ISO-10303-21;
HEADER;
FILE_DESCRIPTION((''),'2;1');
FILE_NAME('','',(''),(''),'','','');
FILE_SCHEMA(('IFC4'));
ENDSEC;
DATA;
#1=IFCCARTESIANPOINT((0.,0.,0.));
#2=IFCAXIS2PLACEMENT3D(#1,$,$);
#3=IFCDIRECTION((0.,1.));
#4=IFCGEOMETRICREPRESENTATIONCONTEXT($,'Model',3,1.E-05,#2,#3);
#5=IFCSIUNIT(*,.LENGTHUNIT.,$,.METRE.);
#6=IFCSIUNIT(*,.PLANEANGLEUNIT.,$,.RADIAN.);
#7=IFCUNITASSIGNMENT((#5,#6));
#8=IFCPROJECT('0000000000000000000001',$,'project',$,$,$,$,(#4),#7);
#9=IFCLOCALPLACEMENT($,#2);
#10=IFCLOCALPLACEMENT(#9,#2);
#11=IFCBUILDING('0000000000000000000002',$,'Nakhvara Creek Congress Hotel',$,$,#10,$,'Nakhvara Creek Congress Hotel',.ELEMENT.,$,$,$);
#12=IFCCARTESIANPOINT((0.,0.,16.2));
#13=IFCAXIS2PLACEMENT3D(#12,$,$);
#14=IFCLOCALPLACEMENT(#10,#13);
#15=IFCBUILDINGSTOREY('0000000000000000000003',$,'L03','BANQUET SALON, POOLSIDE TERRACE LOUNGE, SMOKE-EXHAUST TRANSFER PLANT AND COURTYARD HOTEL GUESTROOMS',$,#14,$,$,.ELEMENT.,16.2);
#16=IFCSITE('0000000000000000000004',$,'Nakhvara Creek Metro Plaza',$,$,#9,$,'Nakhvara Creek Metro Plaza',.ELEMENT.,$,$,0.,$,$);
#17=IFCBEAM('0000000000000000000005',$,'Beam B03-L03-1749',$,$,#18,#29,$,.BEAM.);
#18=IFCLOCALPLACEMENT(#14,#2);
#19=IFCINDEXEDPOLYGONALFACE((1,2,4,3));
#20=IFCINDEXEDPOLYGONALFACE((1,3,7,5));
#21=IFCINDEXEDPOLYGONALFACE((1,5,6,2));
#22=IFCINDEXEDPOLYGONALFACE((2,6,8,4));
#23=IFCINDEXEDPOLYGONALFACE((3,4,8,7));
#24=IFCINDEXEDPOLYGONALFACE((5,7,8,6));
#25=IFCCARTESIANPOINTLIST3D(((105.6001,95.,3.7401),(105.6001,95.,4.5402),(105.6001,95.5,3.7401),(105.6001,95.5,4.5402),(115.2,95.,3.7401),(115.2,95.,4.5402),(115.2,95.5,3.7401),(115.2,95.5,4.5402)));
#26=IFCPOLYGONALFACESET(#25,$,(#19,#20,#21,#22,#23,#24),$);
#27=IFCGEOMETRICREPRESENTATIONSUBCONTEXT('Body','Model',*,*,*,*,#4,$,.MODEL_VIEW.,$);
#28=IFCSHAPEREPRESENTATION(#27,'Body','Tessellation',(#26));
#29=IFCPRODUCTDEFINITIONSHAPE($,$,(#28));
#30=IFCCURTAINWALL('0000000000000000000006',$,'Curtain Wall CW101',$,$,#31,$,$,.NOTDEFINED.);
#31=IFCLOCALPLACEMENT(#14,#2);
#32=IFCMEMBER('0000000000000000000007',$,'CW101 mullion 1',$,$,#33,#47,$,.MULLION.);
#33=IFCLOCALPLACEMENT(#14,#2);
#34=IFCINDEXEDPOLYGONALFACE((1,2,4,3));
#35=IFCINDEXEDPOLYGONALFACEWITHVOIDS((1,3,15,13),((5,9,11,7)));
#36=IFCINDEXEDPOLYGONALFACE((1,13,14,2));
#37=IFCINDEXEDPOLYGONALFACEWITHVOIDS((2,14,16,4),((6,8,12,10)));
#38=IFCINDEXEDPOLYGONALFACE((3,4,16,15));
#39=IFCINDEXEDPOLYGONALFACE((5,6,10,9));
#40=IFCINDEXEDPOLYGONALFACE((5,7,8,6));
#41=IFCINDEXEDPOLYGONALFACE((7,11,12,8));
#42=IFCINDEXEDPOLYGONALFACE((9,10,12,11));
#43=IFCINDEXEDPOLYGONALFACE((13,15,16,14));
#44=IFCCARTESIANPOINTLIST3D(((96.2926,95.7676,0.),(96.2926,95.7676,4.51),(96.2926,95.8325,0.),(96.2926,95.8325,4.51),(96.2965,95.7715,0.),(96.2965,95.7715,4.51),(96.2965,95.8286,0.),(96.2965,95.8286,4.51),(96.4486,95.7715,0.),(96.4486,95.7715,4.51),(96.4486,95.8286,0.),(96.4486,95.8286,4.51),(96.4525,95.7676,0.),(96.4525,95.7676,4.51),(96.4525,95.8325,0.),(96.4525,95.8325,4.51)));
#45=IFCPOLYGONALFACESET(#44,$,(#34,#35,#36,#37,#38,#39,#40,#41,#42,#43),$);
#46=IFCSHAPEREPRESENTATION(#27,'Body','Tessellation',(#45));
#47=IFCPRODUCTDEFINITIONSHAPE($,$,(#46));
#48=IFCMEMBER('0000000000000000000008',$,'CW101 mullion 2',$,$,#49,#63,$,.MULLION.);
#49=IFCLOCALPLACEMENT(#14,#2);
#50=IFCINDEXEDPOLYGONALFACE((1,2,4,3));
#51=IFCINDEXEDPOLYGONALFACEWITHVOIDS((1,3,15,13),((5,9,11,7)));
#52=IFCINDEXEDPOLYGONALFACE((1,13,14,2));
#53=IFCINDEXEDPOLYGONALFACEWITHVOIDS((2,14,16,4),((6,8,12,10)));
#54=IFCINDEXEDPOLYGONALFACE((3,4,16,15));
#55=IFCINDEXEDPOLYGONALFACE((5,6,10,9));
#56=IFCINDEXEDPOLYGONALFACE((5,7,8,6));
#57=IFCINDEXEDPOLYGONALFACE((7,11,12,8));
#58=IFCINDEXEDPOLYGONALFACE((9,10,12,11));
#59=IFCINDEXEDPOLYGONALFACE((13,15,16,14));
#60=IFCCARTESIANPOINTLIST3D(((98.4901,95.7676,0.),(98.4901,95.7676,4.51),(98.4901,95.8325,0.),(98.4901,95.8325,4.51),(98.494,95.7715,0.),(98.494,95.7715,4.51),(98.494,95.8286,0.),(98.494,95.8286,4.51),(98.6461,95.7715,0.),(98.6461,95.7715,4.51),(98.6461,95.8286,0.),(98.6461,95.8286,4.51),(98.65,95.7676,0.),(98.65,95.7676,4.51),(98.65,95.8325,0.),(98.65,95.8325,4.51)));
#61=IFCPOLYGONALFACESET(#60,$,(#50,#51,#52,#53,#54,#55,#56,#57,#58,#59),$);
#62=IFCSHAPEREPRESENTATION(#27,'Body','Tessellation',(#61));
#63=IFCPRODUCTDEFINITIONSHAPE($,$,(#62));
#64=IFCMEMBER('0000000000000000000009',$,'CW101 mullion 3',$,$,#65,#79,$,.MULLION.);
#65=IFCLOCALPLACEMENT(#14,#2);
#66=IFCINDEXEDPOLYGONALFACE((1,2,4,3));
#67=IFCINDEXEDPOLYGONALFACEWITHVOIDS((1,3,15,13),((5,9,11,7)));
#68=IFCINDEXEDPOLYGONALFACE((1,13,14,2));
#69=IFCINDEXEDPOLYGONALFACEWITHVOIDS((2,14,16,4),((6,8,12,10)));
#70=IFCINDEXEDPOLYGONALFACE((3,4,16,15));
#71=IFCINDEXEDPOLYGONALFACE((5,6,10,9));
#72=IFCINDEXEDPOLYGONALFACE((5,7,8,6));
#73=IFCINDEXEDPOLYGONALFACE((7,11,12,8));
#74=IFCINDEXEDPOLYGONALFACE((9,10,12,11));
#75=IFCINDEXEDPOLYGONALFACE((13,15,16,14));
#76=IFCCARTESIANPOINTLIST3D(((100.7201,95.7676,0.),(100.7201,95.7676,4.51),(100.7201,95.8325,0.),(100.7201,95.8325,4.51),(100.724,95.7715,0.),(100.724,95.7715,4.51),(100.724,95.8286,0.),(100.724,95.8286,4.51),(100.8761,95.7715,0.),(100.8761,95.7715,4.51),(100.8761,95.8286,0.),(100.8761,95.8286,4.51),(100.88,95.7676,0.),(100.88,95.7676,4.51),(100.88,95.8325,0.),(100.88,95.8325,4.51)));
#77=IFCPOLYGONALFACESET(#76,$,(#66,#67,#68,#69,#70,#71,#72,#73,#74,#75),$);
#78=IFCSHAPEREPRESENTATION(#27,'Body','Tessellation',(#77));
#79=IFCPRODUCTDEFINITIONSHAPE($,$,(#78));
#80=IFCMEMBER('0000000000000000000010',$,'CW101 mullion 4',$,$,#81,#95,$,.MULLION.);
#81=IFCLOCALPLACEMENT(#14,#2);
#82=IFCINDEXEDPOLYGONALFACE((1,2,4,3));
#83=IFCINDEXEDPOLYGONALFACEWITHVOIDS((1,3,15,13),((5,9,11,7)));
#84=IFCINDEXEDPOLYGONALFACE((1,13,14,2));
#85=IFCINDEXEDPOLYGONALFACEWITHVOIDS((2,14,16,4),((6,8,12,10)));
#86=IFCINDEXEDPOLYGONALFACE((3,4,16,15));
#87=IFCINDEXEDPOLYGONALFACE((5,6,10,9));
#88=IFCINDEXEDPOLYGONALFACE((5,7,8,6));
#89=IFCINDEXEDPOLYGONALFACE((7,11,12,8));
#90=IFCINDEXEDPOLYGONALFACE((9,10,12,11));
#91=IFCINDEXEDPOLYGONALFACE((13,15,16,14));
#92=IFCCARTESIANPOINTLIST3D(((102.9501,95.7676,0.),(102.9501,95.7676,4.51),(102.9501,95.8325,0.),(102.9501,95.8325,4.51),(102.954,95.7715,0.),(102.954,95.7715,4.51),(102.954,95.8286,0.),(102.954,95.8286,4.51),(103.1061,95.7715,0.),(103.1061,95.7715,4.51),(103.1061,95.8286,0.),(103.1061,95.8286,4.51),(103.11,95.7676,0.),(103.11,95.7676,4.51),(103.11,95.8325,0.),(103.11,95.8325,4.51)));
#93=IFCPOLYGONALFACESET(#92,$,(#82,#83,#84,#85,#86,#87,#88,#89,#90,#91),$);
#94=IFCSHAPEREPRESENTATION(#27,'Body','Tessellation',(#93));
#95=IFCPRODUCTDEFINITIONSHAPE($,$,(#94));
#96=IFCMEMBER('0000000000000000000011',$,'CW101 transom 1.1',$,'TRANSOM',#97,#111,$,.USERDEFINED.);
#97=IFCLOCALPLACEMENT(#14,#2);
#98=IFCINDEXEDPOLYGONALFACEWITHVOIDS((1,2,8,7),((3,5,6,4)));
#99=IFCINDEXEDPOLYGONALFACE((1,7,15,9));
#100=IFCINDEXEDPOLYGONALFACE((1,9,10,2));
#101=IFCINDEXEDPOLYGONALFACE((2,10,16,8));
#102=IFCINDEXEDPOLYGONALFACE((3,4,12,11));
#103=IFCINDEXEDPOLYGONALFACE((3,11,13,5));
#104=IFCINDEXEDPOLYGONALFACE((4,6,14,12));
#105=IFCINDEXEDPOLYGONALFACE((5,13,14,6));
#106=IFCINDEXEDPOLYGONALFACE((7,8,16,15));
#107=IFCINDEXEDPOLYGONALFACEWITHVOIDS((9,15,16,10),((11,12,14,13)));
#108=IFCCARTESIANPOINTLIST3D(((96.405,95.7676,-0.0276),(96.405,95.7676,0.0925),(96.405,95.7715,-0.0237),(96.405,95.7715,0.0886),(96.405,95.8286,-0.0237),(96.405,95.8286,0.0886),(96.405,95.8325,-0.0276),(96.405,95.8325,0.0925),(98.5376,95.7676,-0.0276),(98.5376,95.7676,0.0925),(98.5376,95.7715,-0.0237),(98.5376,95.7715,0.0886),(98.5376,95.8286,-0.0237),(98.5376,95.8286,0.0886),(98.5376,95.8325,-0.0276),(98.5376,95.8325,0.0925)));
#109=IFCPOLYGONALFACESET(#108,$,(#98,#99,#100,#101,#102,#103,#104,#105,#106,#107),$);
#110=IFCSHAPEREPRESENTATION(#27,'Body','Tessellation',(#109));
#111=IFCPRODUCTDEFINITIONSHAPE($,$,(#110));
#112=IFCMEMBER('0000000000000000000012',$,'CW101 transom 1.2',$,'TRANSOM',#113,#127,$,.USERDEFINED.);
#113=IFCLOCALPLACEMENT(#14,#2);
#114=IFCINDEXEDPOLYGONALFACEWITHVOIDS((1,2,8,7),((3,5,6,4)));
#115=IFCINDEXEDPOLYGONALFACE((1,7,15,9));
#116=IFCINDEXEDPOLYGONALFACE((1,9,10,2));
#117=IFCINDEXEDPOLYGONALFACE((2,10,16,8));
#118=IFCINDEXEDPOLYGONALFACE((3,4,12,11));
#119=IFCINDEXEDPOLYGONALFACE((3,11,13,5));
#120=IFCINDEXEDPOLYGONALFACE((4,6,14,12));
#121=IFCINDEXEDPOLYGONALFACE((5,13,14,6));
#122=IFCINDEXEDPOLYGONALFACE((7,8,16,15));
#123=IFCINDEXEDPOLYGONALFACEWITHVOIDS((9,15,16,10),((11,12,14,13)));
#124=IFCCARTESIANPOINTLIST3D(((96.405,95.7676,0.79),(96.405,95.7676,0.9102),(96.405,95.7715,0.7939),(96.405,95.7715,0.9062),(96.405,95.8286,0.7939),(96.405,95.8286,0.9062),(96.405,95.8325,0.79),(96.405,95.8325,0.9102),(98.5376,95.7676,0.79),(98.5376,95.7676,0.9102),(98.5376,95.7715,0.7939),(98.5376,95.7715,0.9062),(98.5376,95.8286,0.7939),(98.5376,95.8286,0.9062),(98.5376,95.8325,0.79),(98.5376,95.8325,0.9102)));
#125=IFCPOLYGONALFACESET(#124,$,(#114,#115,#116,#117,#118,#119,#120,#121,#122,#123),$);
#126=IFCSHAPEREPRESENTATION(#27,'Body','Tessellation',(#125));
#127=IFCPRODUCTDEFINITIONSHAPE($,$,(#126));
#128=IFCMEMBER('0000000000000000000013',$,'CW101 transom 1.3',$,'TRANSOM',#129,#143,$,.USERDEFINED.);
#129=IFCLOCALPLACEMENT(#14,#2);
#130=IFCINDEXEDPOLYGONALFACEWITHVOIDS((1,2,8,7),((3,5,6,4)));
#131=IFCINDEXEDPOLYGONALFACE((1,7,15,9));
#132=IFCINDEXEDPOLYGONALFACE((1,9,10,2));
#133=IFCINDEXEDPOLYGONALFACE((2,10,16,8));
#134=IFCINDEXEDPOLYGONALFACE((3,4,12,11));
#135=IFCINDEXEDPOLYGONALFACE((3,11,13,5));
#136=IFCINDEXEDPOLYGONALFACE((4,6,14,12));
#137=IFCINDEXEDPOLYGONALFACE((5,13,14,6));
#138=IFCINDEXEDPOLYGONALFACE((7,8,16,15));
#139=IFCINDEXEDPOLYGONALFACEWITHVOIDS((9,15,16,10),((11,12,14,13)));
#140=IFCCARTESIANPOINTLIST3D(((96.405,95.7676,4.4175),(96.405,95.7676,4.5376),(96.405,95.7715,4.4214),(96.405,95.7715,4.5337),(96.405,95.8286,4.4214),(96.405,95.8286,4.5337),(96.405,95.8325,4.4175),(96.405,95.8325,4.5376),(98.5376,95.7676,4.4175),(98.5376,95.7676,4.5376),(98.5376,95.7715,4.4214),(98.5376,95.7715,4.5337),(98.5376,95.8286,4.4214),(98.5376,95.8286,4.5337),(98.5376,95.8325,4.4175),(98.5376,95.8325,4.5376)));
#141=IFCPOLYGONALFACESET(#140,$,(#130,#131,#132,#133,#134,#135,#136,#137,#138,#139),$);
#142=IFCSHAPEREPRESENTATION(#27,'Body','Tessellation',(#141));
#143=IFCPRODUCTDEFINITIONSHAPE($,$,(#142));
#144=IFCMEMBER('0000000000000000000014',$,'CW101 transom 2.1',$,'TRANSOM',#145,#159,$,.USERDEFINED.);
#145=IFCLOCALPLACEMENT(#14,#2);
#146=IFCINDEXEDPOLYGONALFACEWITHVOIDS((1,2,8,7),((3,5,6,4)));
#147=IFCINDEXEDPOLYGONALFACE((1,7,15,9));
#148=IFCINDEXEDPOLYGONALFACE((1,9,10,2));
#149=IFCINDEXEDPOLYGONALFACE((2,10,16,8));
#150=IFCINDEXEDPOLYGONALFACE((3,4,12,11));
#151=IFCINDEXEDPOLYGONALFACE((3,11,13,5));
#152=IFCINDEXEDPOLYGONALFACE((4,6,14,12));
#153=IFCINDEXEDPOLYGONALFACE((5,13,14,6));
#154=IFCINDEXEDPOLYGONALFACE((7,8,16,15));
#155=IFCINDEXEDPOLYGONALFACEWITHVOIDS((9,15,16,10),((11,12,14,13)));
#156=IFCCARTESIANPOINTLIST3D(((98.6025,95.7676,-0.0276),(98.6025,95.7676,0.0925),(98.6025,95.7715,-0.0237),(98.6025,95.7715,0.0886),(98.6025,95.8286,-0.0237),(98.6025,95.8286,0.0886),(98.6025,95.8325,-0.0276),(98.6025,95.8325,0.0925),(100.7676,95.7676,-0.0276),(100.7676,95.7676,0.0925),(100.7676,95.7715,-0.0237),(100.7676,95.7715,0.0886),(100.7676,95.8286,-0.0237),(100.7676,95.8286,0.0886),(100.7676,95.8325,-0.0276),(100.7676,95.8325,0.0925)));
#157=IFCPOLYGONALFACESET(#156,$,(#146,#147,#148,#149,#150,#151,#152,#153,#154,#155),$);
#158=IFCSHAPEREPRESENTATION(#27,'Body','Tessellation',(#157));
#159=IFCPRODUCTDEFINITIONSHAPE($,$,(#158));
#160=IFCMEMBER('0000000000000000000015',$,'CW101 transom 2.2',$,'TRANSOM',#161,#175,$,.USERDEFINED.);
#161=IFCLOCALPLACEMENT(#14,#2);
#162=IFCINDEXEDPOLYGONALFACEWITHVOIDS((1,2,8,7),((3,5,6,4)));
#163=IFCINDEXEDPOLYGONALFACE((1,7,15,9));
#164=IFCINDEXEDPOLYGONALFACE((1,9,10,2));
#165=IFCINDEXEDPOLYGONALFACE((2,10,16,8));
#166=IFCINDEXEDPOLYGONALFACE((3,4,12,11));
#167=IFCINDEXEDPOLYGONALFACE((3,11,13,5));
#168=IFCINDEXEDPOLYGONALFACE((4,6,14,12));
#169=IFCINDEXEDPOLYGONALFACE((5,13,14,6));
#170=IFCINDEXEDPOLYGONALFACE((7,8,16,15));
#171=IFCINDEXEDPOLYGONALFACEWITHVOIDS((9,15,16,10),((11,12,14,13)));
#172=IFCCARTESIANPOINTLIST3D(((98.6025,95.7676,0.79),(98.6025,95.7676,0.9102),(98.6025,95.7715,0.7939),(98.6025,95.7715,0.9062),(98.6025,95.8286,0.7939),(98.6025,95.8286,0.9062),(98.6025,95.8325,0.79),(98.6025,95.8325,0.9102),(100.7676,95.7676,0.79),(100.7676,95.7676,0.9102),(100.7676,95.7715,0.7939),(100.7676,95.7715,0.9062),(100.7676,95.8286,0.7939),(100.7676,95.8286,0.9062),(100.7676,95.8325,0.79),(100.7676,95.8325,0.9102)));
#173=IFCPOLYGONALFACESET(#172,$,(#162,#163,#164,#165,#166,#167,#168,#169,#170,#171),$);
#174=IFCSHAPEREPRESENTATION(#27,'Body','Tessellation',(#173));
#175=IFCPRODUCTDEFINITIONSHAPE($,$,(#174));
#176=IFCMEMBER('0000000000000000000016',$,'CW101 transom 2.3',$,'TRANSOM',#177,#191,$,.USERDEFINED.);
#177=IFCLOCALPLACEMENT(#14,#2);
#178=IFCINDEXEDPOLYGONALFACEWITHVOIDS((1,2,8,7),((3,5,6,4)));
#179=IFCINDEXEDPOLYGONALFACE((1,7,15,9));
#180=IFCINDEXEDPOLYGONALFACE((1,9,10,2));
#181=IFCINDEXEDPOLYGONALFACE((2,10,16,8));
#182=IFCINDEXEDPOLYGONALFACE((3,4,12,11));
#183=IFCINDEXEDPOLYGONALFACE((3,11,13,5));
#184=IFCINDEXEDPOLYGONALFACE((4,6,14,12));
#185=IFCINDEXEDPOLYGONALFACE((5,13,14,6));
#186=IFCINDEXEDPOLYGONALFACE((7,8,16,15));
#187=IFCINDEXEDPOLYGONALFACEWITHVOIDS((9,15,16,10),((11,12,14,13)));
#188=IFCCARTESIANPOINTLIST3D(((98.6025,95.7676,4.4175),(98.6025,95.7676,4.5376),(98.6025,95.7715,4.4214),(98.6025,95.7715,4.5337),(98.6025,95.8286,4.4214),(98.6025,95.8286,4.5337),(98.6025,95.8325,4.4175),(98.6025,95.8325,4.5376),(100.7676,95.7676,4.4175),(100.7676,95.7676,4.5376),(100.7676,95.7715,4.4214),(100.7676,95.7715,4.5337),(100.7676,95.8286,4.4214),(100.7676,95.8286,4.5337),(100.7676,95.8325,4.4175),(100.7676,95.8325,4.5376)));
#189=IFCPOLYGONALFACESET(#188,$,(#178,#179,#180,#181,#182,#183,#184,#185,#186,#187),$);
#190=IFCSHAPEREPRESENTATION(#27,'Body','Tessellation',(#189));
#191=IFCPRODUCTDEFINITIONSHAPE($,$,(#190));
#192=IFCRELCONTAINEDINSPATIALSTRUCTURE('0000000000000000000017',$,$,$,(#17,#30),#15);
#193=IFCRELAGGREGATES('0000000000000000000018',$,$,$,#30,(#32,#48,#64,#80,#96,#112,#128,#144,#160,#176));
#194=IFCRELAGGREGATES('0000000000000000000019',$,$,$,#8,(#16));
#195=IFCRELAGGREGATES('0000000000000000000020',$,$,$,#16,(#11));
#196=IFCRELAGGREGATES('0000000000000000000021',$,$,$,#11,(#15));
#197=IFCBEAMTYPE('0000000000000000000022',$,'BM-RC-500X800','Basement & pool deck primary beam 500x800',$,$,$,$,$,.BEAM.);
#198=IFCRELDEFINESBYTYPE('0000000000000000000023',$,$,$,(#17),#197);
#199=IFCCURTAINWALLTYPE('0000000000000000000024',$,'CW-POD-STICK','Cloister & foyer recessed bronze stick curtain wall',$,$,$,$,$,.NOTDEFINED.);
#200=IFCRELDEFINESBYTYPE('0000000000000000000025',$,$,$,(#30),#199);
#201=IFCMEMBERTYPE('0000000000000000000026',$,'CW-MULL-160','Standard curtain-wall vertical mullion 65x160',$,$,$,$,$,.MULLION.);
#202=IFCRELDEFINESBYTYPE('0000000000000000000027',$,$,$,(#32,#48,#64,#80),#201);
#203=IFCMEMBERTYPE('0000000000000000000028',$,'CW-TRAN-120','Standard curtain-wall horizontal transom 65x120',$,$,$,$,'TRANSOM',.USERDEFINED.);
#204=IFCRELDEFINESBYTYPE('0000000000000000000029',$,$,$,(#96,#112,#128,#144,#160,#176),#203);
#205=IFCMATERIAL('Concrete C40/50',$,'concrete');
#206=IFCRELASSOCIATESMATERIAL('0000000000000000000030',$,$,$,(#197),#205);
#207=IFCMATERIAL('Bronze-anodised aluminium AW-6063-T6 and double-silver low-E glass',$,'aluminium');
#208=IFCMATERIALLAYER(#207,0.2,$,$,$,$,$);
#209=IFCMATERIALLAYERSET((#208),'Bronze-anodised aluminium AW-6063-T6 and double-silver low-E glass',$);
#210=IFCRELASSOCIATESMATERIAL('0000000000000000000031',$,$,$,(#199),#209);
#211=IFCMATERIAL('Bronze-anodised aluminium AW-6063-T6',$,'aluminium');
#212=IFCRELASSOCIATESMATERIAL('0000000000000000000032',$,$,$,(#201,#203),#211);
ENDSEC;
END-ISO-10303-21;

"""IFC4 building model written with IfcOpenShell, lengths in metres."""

from ifc_helpers import new_model, si_unit, direction, frame, origin, origin_2d, place, context, subcontext, project, spatial, rectangle, hollow_rectangle, extrude, material, layer, layer_set, material_profile, profile_set, type_object, element, aggregate, save


model = new_model("IFC4")

# Units and contexts
model_context = context("Model", 3, precision=1e-05, world=origin(), true_north=direction((0.0, 1.0)))
body_context = subcontext(model_context, "Body", "Model", "MODEL_VIEW")
ifc_project = project(units=[si_unit("LENGTHUNIT", "METRE"), si_unit("PLANEANGLEUNIT", "RADIAN")], contexts=[model_context])

# Site, building, storey
site_placement = place(None, origin())
site = spatial("IfcSite", under=ifc_project, at=site_placement, Name="Nakhvara Creek Metro Plaza", LongName="Nakhvara Creek Metro Plaza", CompositionType="ELEMENT", RefElevation=0.0)
building_placement = place(site_placement, origin())
building = spatial("IfcBuilding", under=site, at=building_placement, Name="Nakhvara Creek Congress Hotel", LongName="Nakhvara Creek Congress Hotel", CompositionType="ELEMENT")
storey_placement = place(building_placement, frame((0.0, 0.0, 16.2)))
storey = spatial("IfcBuildingStorey", under=building, at=storey_placement, Name="L03", Description="BANQUET SALON, POOLSIDE TERRACE LOUNGE, SMOKE-EXHAUST TRANSFER PLANT AND COURTYARD HOTEL GUESTROOMS", CompositionType="ELEMENT", Elevation=16.2)

# Beam
ifc_material_1 = material(Name="Concrete C40/50", Category="concrete")
ifc_material_profile_1 = material_profile(ifc_material_1, rectangle(XDim=0.5, YDim=0.8, at=origin_2d()), Name="RC-BM 500x800", Category="LoadBearing")
ifc_profile_set_1 = profile_set([ifc_material_profile_1], Name="Concrete C40/50")
beam_type = type_object("IfcBeamType", Name="BM-RC-500X800", Description="Basement & pool deck primary beam 500x800", PredefinedType="BEAM", material=ifc_profile_set_1)
beam_placement = place(storey_placement, frame((105.6001, 95.25, 4.1401), z_axis=(1.0, 0.0, 0.0), x_axis=(0.0, 1.0, 0.0)))
element("IfcBeam", 1, at=beam_placement, inside=storey, type_object=beam_type, Name="Beam B03-L03-1749", PredefinedType="BEAM", context=body_context, shape_type="SweptSolid", body=[
    extrude(rectangle(XDim=0.5, YDim=0.8, at=origin_2d()), origin(), (0.0, 0.0, 1.0), 9.5999),
])

# Curtain wall, members
ifc_material_2 = material(Name="Bronze-anodised aluminium AW-6063-T6 and double-silver low-E glass", Category="aluminium")
ifc_layer = layer(ifc_material_2, 0.2)
ifc_layer_set = layer_set([ifc_layer], Name="Bronze-anodised aluminium AW-6063-T6 and double-silver low-E glass")
curtain_wall_type = type_object("IfcCurtainWallType", Name="CW-POD-STICK", Description="Cloister & foyer recessed bronze stick curtain wall", PredefinedType="NOTDEFINED", material=ifc_layer_set)
curtain_wall_placement = place(storey_placement, origin())
curtain_wall = element("IfcCurtainWall", 2, at=curtain_wall_placement, inside=storey, type_object=curtain_wall_type, Name="Curtain Wall CW101", PredefinedType="NOTDEFINED")
ifc_material_3 = material(Name="Bronze-anodised aluminium AW-6063-T6", Category="aluminium")
ifc_material_profile_2 = material_profile(ifc_material_3, hollow_rectangle(XDim=0.0649, YDim=0.1599, WallThickness=0.0039, at=origin_2d()), Name="ALU-MULL 65x160x4", Category="LoadBearing")
ifc_profile_set_2 = profile_set([ifc_material_profile_2], Name="Bronze-anodised aluminium AW-6063-T6")
member_type_1 = type_object("IfcMemberType", Name="CW-MULL-160", Description="Standard curtain-wall vertical mullion 65x160", PredefinedType="MULLION", material=ifc_profile_set_2)
member_1_placement = place(storey_placement, frame((96.3726, 95.8, 0.0), z_axis=(0.0, 0.0, 1.0), x_axis=(0.0, 1.0, 0.0)))
member_1 = element("IfcMember", 3, at=member_1_placement, type_object=member_type_1, Name="CW101 mullion 1", PredefinedType="MULLION", context=body_context, shape_type="SweptSolid", body=[
    extrude(hollow_rectangle(XDim=0.0649, YDim=0.1599, WallThickness=0.0039, at=origin_2d()), origin(), (0.0, 0.0, 1.0), 4.51),
])
member_2_placement = place(storey_placement, frame((98.5701, 95.8, 0.0), z_axis=(0.0, 0.0, 1.0), x_axis=(0.0, 1.0, 0.0)))
member_2 = element("IfcMember", 4, at=member_2_placement, type_object=member_type_1, Name="CW101 mullion 2", PredefinedType="MULLION", context=body_context, shape_type="SweptSolid", body=[
    extrude(hollow_rectangle(XDim=0.0649, YDim=0.1599, WallThickness=0.0039, at=origin_2d()), origin(), (0.0, 0.0, 1.0), 4.51),
])
member_3_placement = place(storey_placement, frame((100.8, 95.8, 0.0), z_axis=(0.0, 0.0, 1.0), x_axis=(0.0, 1.0, 0.0)))
member_3 = element("IfcMember", 5, at=member_3_placement, type_object=member_type_1, Name="CW101 mullion 3", PredefinedType="MULLION", context=body_context, shape_type="SweptSolid", body=[
    extrude(hollow_rectangle(XDim=0.0649, YDim=0.1599, WallThickness=0.0039, at=origin_2d()), origin(), (0.0, 0.0, 1.0), 4.51),
])
member_4_placement = place(storey_placement, frame((103.03, 95.8, 0.0), z_axis=(0.0, 0.0, 1.0), x_axis=(0.0, 1.0, 0.0)))
member_4 = element("IfcMember", 6, at=member_4_placement, type_object=member_type_1, Name="CW101 mullion 4", PredefinedType="MULLION", context=body_context, shape_type="SweptSolid", body=[
    extrude(hollow_rectangle(XDim=0.0649, YDim=0.1599, WallThickness=0.0039, at=origin_2d()), origin(), (0.0, 0.0, 1.0), 4.51),
])
ifc_material_profile_3 = material_profile(ifc_material_3, hollow_rectangle(XDim=0.0649, YDim=0.1201, WallThickness=0.0039, at=origin_2d()), Name="ALU-TRAN 65x120x4", Category="LoadBearing")
ifc_profile_set_3 = profile_set([ifc_material_profile_3], Name="Bronze-anodised aluminium AW-6063-T6")
member_type_2 = type_object("IfcMemberType", Name="CW-TRAN-120", Description="Standard curtain-wall horizontal transom 65x120", ElementType="TRANSOM", PredefinedType="USERDEFINED", material=ifc_profile_set_3)
member_5_placement = place(storey_placement, frame((96.405, 95.8, 0.0325), z_axis=(1.0, 0.0, 0.0), x_axis=(0.0, 1.0, 0.0)))
member_5 = element("IfcMember", 7, at=member_5_placement, type_object=member_type_2, Name="CW101 transom 1.1", ObjectType="TRANSOM", PredefinedType="USERDEFINED", context=body_context, shape_type="SweptSolid", body=[
    extrude(hollow_rectangle(XDim=0.0649, YDim=0.1201, WallThickness=0.0039, at=origin_2d()), origin(), (0.0, 0.0, 1.0), 2.1326),
])
member_6_placement = place(storey_placement, frame((96.405, 95.8, 0.8501), z_axis=(1.0, 0.0, 0.0), x_axis=(0.0, 1.0, 0.0)))
member_6 = element("IfcMember", 8, at=member_6_placement, type_object=member_type_2, Name="CW101 transom 1.2", ObjectType="TRANSOM", PredefinedType="USERDEFINED", context=body_context, shape_type="SweptSolid", body=[
    extrude(hollow_rectangle(XDim=0.0649, YDim=0.1201, WallThickness=0.0039, at=origin_2d()), origin(), (0.0, 0.0, 1.0), 2.1326),
])
member_7_placement = place(storey_placement, frame((96.405, 95.8, 4.4775), z_axis=(1.0, 0.0, 0.0), x_axis=(0.0, 1.0, 0.0)))
member_7 = element("IfcMember", 9, at=member_7_placement, type_object=member_type_2, Name="CW101 transom 1.3", ObjectType="TRANSOM", PredefinedType="USERDEFINED", context=body_context, shape_type="SweptSolid", body=[
    extrude(hollow_rectangle(XDim=0.0649, YDim=0.1201, WallThickness=0.0039, at=origin_2d()), origin(), (0.0, 0.0, 1.0), 2.1326),
])
member_8_placement = place(storey_placement, frame((98.6025, 95.8, 0.0325), z_axis=(1.0, 0.0, 0.0), x_axis=(0.0, 1.0, 0.0)))
member_8 = element("IfcMember", 10, at=member_8_placement, type_object=member_type_2, Name="CW101 transom 2.1", ObjectType="TRANSOM", PredefinedType="USERDEFINED", context=body_context, shape_type="SweptSolid", body=[
    extrude(hollow_rectangle(XDim=0.0649, YDim=0.1201, WallThickness=0.0039, at=origin_2d()), origin(), (0.0, 0.0, 1.0), 2.165),
])
member_9_placement = place(storey_placement, frame((98.6025, 95.8, 0.8501), z_axis=(1.0, 0.0, 0.0), x_axis=(0.0, 1.0, 0.0)))
member_9 = element("IfcMember", 11, at=member_9_placement, type_object=member_type_2, Name="CW101 transom 2.2", ObjectType="TRANSOM", PredefinedType="USERDEFINED", context=body_context, shape_type="SweptSolid", body=[
    extrude(hollow_rectangle(XDim=0.0649, YDim=0.1201, WallThickness=0.0039, at=origin_2d()), origin(), (0.0, 0.0, 1.0), 2.165),
])
member_10_placement = place(storey_placement, frame((98.6025, 95.8, 4.4775), z_axis=(1.0, 0.0, 0.0), x_axis=(0.0, 1.0, 0.0)))
member_10 = element("IfcMember", 12, at=member_10_placement, type_object=member_type_2, Name="CW101 transom 2.3", ObjectType="TRANSOM", PredefinedType="USERDEFINED", context=body_context, shape_type="SweptSolid", body=[
    extrude(hollow_rectangle(XDim=0.0649, YDim=0.1201, WallThickness=0.0039, at=origin_2d()), origin(), (0.0, 0.0, 1.0), 2.165),
])
aggregate(curtain_wall, [member_1, member_2, member_3, member_4, member_5, member_6, member_7, member_8, member_9, member_10])

save(model, "model.ifc")
